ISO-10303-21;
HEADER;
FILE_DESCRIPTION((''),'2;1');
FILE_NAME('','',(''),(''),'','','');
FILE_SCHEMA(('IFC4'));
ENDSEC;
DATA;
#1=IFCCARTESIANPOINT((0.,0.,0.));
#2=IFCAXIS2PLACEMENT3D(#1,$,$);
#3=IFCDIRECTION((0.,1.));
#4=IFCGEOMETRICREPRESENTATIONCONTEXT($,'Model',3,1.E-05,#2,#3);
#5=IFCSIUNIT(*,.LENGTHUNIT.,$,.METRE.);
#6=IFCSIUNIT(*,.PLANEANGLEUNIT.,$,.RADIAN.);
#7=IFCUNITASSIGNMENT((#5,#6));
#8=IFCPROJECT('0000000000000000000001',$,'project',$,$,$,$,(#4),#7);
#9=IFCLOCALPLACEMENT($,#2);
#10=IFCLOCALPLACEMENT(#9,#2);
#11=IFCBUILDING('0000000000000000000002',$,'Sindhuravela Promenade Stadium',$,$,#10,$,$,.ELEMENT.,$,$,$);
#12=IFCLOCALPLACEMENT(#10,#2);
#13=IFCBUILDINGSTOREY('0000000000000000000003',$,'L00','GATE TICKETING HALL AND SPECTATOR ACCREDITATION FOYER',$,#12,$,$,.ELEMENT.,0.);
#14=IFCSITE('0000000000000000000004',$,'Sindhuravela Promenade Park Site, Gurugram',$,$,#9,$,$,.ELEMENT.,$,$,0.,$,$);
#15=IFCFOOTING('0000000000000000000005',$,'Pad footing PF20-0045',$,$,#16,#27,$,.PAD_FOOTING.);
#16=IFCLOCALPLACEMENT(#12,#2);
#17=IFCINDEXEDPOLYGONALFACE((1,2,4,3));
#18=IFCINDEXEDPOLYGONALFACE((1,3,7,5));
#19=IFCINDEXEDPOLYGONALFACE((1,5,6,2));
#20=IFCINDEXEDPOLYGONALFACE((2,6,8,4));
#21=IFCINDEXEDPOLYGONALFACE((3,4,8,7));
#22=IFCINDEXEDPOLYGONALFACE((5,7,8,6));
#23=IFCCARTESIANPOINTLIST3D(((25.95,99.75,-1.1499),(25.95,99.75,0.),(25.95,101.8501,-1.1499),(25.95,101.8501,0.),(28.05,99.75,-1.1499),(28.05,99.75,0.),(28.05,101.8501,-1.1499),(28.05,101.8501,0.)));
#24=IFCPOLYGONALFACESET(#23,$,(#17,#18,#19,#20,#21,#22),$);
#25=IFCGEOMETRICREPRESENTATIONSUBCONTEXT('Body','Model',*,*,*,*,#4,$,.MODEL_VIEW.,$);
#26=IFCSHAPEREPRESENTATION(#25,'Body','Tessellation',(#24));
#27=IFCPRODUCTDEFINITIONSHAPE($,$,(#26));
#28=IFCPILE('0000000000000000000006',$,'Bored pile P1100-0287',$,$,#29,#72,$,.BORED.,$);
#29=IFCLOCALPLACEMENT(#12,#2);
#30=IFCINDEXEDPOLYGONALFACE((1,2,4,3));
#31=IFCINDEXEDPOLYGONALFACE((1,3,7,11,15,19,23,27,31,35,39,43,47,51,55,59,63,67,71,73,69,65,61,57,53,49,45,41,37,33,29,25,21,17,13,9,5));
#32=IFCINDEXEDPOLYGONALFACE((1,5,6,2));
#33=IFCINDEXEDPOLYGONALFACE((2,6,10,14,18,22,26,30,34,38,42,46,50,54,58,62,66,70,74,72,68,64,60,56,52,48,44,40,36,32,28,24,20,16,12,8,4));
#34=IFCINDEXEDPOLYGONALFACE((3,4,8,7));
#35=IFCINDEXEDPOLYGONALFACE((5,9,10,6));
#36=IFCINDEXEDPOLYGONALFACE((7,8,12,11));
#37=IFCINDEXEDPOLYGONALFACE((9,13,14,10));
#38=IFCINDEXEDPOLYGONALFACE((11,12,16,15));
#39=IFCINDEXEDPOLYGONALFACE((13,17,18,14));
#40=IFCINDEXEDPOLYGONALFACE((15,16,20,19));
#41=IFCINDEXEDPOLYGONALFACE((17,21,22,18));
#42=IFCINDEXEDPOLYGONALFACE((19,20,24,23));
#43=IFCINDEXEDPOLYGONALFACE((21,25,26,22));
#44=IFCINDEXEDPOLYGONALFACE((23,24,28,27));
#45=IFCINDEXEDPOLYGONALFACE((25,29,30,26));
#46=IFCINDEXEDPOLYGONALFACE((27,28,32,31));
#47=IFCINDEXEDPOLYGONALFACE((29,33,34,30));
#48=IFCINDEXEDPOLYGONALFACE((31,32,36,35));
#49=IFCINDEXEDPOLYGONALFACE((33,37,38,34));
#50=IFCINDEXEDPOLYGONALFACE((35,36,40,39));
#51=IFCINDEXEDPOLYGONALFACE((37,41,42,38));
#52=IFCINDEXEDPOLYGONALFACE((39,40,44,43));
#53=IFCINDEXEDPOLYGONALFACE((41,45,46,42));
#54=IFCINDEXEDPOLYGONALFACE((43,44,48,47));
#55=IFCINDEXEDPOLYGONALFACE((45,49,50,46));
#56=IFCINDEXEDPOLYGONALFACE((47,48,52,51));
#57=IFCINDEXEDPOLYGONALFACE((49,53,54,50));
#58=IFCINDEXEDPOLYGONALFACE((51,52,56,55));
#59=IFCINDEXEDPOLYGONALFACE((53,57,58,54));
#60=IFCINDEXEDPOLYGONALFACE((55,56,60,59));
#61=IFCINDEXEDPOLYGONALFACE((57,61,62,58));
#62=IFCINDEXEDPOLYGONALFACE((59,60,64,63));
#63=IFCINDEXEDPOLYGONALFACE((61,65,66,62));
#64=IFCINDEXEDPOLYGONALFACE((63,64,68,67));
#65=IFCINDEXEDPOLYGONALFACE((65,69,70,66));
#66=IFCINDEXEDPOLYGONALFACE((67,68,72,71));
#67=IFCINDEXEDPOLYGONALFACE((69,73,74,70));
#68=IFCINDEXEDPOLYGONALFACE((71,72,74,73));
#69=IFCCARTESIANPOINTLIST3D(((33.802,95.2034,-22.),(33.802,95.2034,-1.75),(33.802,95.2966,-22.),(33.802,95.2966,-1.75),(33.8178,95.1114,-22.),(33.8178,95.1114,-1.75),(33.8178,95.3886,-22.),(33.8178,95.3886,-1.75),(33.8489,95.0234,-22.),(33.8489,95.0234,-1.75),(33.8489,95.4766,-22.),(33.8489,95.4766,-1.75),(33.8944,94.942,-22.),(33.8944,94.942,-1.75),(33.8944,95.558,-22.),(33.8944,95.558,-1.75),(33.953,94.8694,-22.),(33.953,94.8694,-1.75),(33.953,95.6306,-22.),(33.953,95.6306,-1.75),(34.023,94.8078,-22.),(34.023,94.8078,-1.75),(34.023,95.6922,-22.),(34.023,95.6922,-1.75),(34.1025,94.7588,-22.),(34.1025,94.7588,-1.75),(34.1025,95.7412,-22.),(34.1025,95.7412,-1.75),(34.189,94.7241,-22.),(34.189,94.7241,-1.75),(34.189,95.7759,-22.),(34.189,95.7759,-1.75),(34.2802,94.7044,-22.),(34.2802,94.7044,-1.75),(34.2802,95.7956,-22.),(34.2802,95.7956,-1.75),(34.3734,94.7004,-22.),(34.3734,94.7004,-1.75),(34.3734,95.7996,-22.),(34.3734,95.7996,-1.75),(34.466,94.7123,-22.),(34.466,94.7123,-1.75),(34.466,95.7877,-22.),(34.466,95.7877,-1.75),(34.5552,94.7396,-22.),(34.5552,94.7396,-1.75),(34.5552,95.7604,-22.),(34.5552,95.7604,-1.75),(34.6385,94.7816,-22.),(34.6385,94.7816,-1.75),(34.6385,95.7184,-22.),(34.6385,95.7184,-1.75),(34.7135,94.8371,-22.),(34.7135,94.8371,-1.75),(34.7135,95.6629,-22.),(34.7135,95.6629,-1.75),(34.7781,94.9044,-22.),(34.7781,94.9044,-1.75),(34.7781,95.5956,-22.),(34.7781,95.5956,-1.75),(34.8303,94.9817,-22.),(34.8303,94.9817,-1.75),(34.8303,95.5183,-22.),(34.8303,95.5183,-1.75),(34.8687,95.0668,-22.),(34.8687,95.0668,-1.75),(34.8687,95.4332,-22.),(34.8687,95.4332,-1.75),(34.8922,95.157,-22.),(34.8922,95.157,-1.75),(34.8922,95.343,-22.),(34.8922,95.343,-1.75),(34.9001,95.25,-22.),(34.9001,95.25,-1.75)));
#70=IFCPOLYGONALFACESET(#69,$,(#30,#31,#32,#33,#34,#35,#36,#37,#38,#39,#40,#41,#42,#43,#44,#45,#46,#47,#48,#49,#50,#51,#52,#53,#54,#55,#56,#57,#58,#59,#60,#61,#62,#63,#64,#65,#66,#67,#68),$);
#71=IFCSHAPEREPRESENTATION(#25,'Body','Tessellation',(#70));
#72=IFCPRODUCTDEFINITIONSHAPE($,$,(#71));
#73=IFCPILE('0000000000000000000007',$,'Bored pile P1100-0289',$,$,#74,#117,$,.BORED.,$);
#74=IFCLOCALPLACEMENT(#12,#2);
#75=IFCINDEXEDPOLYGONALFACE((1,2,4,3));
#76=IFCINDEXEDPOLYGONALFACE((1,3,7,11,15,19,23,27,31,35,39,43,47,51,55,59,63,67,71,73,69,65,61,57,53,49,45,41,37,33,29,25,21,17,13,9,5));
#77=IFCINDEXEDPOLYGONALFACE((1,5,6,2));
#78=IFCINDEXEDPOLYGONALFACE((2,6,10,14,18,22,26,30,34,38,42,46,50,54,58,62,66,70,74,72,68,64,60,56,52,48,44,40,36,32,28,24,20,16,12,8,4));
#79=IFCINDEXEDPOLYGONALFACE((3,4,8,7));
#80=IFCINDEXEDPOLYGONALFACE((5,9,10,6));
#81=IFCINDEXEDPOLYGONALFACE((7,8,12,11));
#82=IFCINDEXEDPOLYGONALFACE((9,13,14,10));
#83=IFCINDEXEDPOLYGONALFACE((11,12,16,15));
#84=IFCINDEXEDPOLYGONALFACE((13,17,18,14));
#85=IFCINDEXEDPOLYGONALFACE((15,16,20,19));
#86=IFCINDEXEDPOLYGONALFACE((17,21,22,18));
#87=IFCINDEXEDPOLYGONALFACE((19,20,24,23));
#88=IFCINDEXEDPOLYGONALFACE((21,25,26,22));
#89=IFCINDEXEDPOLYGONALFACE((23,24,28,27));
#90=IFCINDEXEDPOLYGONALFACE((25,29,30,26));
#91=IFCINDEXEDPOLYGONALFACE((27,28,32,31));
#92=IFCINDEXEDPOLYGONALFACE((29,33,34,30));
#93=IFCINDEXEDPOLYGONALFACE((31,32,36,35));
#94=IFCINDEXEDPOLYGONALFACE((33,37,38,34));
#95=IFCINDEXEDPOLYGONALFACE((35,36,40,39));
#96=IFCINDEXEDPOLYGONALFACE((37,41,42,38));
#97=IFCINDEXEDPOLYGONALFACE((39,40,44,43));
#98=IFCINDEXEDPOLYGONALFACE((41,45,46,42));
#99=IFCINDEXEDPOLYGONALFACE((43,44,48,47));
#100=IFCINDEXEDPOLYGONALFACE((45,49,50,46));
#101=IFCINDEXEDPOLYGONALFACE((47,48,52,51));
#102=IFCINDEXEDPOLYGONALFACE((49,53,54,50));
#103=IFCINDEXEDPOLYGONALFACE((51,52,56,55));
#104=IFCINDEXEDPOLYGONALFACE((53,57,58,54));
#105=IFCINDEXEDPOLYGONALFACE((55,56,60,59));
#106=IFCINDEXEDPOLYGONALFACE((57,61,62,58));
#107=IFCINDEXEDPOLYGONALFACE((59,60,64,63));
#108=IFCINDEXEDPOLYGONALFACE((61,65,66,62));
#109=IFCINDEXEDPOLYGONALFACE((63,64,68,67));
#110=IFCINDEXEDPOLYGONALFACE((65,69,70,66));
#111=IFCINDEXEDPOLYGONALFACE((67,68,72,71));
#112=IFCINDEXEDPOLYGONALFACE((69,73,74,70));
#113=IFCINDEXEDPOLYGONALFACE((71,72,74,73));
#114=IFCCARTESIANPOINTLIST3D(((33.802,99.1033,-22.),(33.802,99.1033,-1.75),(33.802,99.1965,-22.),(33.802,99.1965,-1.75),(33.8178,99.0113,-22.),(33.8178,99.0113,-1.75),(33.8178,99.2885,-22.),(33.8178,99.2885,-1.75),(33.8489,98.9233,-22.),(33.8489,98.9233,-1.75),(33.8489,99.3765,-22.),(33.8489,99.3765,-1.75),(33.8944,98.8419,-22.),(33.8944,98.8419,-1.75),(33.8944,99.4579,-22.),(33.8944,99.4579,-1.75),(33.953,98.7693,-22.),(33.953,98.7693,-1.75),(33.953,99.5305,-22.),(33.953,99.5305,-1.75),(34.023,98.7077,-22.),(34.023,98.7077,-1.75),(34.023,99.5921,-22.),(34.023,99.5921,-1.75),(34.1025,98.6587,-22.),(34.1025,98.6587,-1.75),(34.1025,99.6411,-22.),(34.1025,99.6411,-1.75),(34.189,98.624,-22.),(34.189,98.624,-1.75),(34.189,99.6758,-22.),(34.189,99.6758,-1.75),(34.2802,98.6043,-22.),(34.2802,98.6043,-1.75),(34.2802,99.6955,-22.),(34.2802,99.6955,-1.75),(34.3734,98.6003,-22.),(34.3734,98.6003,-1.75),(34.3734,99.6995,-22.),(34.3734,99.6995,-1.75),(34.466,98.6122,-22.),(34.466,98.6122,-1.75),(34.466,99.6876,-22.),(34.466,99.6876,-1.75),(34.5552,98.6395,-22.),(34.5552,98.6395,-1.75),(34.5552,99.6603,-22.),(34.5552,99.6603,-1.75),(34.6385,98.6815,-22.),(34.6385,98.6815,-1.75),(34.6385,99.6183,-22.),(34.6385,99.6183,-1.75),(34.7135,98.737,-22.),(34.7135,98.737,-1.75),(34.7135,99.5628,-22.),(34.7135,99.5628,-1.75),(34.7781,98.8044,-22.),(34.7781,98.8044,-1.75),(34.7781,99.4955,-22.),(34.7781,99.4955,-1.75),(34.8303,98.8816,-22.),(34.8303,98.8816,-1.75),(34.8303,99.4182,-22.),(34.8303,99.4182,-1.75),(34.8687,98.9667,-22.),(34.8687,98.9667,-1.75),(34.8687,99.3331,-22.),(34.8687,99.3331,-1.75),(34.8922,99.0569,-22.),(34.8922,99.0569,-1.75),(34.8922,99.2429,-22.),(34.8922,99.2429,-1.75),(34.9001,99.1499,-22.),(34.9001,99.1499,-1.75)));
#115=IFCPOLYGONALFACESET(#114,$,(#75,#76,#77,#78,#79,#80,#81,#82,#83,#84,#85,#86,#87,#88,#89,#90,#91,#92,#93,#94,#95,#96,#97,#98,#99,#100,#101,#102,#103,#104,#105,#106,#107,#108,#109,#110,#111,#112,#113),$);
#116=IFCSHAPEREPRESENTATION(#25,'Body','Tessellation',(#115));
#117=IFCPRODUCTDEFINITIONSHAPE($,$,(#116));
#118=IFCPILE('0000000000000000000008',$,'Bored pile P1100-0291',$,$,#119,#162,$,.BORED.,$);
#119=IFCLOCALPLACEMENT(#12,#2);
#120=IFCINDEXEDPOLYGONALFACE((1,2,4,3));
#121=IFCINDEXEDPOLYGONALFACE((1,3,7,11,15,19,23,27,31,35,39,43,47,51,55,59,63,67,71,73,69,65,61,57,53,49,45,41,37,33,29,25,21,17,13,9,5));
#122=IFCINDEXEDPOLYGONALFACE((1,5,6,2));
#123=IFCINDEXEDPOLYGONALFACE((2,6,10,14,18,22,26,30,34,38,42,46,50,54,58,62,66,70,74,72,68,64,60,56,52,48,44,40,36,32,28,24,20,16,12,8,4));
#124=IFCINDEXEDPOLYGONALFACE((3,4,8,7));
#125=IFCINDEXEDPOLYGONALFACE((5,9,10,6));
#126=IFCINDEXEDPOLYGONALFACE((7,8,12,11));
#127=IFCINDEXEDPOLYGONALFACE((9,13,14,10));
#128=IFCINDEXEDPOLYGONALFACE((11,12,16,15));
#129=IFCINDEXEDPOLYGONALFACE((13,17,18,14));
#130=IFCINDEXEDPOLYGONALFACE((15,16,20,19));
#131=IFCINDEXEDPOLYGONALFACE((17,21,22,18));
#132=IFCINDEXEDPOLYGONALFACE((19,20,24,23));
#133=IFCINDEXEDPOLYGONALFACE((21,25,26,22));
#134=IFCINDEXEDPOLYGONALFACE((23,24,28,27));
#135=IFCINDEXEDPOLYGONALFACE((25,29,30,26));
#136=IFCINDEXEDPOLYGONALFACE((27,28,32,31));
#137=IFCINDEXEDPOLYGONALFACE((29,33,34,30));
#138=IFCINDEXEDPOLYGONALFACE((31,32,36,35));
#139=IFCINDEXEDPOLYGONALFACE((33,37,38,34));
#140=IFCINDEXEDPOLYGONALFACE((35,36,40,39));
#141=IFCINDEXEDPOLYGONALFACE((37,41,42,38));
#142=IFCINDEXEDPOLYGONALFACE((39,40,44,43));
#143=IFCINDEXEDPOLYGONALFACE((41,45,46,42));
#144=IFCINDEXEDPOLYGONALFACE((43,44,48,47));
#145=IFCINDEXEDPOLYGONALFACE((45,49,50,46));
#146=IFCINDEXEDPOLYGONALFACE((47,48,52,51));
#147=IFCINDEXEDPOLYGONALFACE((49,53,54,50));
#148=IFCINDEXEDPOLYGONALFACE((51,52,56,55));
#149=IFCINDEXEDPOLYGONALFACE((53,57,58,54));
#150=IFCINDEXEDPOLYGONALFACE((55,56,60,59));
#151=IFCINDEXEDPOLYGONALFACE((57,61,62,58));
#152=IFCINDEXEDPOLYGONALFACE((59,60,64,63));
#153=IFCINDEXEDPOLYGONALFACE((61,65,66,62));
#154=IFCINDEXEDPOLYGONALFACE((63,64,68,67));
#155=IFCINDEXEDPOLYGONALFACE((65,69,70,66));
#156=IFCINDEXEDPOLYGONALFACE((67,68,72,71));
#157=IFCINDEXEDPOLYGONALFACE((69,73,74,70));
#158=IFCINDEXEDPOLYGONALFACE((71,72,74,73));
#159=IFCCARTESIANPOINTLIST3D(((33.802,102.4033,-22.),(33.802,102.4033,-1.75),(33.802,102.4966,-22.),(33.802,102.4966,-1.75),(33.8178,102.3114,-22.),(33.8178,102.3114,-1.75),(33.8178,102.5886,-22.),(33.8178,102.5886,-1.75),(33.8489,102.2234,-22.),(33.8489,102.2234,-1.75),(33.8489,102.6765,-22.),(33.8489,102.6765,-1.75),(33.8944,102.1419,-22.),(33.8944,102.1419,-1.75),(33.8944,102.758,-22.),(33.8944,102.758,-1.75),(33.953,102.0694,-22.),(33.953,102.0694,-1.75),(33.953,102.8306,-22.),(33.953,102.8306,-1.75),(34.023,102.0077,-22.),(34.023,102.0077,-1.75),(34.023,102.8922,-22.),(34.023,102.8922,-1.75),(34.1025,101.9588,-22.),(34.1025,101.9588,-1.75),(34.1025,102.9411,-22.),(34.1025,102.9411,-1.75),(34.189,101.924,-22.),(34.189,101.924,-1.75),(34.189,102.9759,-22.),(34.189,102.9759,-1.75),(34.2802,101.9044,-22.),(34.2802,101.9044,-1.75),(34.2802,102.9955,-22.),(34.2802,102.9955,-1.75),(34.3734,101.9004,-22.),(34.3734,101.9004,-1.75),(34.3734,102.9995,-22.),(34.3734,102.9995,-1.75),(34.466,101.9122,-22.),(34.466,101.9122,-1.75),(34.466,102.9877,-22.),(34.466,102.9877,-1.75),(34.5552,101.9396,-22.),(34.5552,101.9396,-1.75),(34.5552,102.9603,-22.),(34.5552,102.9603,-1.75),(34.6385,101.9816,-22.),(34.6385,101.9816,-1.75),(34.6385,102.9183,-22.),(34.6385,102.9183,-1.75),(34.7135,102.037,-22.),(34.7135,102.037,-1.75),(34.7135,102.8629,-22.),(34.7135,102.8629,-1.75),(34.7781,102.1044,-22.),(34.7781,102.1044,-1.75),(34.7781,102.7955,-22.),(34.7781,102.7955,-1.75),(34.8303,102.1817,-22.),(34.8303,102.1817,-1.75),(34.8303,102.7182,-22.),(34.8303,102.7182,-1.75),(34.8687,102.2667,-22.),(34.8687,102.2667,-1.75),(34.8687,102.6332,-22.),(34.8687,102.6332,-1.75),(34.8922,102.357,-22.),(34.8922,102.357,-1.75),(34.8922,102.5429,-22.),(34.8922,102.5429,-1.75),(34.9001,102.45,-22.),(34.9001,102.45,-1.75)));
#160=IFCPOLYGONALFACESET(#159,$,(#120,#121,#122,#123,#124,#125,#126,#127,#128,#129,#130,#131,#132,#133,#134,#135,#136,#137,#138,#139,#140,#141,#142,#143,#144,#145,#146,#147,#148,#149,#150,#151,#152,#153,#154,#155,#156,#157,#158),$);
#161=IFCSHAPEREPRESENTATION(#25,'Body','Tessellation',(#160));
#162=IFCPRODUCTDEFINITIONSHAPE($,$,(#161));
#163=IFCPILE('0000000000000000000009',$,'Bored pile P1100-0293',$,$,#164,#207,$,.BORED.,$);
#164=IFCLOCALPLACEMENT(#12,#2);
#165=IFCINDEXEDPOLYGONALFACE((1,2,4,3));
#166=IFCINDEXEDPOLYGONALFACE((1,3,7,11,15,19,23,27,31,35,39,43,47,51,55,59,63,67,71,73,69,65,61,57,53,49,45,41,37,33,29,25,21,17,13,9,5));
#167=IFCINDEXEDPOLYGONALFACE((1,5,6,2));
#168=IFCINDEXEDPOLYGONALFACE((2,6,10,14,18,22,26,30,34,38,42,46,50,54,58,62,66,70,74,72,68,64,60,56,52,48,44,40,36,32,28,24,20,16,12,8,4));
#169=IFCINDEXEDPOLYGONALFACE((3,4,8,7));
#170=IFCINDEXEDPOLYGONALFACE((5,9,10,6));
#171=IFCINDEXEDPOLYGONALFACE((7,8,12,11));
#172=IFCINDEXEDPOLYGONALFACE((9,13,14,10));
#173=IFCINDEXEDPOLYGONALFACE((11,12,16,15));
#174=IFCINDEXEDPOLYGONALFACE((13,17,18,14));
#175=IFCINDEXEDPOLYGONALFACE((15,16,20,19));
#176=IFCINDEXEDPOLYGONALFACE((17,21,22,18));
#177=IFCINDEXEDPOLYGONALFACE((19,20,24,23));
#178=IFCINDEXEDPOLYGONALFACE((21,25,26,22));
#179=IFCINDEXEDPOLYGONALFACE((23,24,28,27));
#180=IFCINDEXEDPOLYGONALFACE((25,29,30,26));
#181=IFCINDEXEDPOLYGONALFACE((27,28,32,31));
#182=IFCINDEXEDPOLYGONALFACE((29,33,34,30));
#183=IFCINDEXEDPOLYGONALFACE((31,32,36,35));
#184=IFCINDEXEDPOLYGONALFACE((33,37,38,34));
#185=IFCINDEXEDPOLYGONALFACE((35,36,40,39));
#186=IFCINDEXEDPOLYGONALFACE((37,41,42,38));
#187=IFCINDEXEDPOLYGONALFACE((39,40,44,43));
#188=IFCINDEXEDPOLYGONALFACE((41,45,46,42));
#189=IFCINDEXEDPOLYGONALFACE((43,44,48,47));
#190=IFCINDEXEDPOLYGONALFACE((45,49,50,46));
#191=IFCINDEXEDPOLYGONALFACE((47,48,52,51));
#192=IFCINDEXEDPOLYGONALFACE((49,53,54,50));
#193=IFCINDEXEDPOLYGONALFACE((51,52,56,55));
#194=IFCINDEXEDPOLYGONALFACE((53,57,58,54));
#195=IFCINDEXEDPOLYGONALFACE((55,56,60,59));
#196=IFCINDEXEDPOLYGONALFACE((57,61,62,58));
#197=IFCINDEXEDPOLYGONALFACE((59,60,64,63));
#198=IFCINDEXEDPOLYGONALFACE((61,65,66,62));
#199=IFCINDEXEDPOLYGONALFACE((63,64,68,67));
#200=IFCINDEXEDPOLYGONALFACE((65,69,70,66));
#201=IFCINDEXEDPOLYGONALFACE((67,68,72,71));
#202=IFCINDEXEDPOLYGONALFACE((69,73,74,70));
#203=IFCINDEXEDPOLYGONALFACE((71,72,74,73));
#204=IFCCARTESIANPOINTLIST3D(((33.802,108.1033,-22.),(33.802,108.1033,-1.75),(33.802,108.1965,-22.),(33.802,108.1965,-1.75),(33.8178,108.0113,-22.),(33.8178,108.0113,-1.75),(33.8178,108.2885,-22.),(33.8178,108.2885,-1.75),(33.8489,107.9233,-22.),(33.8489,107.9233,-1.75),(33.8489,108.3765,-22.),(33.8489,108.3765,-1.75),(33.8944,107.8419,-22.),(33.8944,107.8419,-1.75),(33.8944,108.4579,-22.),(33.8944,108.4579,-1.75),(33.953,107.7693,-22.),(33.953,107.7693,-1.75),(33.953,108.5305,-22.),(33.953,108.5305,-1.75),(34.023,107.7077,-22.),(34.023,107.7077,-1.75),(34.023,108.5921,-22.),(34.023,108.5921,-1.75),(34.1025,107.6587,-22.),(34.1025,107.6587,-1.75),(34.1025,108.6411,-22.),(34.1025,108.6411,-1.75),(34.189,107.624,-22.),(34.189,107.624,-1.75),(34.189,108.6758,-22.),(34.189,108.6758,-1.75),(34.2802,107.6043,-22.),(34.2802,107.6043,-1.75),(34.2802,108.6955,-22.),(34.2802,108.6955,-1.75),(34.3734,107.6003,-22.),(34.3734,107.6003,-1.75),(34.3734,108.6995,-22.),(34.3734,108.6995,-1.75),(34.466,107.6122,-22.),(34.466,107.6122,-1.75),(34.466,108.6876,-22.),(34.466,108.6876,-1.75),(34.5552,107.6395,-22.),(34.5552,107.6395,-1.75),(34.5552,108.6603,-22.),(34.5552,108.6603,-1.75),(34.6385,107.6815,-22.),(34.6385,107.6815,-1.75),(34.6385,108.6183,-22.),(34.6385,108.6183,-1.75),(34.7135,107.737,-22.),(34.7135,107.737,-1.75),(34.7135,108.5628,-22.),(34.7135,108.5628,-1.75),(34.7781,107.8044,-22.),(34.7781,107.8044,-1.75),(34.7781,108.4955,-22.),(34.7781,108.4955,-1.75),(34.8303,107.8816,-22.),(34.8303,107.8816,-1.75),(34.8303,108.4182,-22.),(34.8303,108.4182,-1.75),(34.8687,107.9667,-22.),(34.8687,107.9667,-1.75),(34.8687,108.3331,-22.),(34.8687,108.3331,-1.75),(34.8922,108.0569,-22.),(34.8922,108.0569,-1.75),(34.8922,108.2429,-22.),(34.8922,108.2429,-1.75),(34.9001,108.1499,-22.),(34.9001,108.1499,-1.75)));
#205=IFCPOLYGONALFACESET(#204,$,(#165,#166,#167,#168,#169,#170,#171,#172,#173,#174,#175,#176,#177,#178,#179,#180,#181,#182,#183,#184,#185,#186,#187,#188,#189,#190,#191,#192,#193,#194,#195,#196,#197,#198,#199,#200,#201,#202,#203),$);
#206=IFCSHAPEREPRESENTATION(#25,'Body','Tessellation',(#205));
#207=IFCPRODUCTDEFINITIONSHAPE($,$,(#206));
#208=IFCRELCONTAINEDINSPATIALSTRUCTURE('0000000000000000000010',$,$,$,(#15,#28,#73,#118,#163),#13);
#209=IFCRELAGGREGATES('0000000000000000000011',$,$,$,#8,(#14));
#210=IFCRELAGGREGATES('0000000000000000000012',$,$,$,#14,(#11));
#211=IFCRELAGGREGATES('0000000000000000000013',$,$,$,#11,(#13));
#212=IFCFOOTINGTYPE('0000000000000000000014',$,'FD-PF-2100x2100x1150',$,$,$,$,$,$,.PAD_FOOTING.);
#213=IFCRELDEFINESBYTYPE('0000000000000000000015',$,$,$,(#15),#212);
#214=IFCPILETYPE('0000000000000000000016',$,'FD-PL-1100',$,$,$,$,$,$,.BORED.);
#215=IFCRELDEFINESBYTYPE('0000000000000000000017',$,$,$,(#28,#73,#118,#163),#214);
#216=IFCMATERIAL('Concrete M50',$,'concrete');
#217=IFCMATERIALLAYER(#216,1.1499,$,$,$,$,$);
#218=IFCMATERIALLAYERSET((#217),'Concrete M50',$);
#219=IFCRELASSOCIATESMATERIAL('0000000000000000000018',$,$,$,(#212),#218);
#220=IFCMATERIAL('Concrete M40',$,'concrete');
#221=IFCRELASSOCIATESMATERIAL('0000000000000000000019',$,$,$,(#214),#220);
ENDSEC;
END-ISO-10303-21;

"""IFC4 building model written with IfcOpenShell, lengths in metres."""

from ifc_helpers import new_model, si_unit, direction, frame, origin, origin_2d, place, context, subcontext, project, spatial, rectangle, circle, extrude, material, layer, layer_set, material_profile, profile_set, type_object, element, save


model = new_model("IFC4")

# Units and contexts
model_context = context("Model", 3, precision=1e-05, world=origin(), true_north=direction((0.0, 1.0)))
body_context = subcontext(model_context, "Body", "Model", "MODEL_VIEW")
ifc_project = project(units=[si_unit("LENGTHUNIT", "METRE"), si_unit("PLANEANGLEUNIT", "RADIAN")], contexts=[model_context])

# Site, building, storey
site_placement = place(None, origin())
site = spatial("IfcSite", under=ifc_project, at=site_placement, Name="Sindhuravela Promenade Park Site, Gurugram", CompositionType="ELEMENT", RefElevation=0.0)
building_placement = place(site_placement, origin())
building = spatial("IfcBuilding", under=site, at=building_placement, Name="Sindhuravela Promenade Stadium", CompositionType="ELEMENT")
storey_placement = place(building_placement, origin())
storey = spatial("IfcBuildingStorey", under=building, at=storey_placement, Name="L00", Description="GATE TICKETING HALL AND SPECTATOR ACCREDITATION FOYER", CompositionType="ELEMENT", Elevation=0.0)

# Footing
ifc_material_1 = material(Name="Concrete M50", Category="concrete")
ifc_layer_1 = layer(ifc_material_1, 1.1499)
ifc_layer_set_1 = layer_set([ifc_layer_1], Name="Concrete M50")
footing_type = type_object("IfcFootingType", Name="FD-PF-2100x2100x1150", PredefinedType="PAD_FOOTING", material=ifc_layer_set_1)
footing_placement = place(storey_placement, frame((27.0, 100.8, -1.1499), z_axis=(0.0, 0.0, 1.0), x_axis=(1.0, 0.0, 0.0)))
element("IfcFooting", 1, at=footing_placement, inside=storey, type_object=footing_type, Name="Pad footing PF20-0045", PredefinedType="PAD_FOOTING", context=body_context, shape_type="SweptSolid", body=[
    extrude(rectangle(XDim=2.1001, YDim=2.1001, at=origin_2d()), origin(), (0.0, 0.0, 1.0), 1.1499),
])

# Piles
ifc_material_2 = material(Name="Concrete M40", Category="concrete")
ifc_material_profile_1 = material_profile(ifc_material_2, circle(Radius=0.55, at=origin_2d()), Name="BORED PILE D1100")
ifc_profile_set_1 = profile_set([ifc_material_profile_1], Name="Concrete M40")
pile_type_1 = type_object("IfcPileType", Name="FD-PL-1100", PredefinedType="BORED", material=ifc_profile_set_1)
for number, where, z_axis, x_axis, name in (
    (2, (34.3501, 95.25, -1.75), (0.0, 0.0, -1.0), (1.0, 0.0, 0.0), "Bored pile P1100-0287"),
    (3, (34.3501, 99.1499, -1.75), (0.0, 0.0, -1.0), (1.0, 0.0, 0.0), "Bored pile P1100-0289"),
    (4, (34.3501, 102.45, -1.75), (0.0, 0.0, -1.0), (1.0, 0.0, 0.0), "Bored pile P1100-0291"),
    (5, (34.3501, 108.1499, -1.75), (0.0, 0.0, -1.0), (1.0, 0.0, 0.0), "Bored pile P1100-0293"),
):
    element("IfcPile", number, at=place(storey_placement, frame(where, z_axis=z_axis, x_axis=x_axis)), inside=storey, type_object=pile_type_1, Name=name, PredefinedType="BORED", context=body_context, shape_type="SweptSolid", body=[
        extrude(circle(Radius=0.55, at=origin_2d()), origin(), (0.0, 0.0, 1.0), 20.25),
    ])

save(model, "model.ifc")
